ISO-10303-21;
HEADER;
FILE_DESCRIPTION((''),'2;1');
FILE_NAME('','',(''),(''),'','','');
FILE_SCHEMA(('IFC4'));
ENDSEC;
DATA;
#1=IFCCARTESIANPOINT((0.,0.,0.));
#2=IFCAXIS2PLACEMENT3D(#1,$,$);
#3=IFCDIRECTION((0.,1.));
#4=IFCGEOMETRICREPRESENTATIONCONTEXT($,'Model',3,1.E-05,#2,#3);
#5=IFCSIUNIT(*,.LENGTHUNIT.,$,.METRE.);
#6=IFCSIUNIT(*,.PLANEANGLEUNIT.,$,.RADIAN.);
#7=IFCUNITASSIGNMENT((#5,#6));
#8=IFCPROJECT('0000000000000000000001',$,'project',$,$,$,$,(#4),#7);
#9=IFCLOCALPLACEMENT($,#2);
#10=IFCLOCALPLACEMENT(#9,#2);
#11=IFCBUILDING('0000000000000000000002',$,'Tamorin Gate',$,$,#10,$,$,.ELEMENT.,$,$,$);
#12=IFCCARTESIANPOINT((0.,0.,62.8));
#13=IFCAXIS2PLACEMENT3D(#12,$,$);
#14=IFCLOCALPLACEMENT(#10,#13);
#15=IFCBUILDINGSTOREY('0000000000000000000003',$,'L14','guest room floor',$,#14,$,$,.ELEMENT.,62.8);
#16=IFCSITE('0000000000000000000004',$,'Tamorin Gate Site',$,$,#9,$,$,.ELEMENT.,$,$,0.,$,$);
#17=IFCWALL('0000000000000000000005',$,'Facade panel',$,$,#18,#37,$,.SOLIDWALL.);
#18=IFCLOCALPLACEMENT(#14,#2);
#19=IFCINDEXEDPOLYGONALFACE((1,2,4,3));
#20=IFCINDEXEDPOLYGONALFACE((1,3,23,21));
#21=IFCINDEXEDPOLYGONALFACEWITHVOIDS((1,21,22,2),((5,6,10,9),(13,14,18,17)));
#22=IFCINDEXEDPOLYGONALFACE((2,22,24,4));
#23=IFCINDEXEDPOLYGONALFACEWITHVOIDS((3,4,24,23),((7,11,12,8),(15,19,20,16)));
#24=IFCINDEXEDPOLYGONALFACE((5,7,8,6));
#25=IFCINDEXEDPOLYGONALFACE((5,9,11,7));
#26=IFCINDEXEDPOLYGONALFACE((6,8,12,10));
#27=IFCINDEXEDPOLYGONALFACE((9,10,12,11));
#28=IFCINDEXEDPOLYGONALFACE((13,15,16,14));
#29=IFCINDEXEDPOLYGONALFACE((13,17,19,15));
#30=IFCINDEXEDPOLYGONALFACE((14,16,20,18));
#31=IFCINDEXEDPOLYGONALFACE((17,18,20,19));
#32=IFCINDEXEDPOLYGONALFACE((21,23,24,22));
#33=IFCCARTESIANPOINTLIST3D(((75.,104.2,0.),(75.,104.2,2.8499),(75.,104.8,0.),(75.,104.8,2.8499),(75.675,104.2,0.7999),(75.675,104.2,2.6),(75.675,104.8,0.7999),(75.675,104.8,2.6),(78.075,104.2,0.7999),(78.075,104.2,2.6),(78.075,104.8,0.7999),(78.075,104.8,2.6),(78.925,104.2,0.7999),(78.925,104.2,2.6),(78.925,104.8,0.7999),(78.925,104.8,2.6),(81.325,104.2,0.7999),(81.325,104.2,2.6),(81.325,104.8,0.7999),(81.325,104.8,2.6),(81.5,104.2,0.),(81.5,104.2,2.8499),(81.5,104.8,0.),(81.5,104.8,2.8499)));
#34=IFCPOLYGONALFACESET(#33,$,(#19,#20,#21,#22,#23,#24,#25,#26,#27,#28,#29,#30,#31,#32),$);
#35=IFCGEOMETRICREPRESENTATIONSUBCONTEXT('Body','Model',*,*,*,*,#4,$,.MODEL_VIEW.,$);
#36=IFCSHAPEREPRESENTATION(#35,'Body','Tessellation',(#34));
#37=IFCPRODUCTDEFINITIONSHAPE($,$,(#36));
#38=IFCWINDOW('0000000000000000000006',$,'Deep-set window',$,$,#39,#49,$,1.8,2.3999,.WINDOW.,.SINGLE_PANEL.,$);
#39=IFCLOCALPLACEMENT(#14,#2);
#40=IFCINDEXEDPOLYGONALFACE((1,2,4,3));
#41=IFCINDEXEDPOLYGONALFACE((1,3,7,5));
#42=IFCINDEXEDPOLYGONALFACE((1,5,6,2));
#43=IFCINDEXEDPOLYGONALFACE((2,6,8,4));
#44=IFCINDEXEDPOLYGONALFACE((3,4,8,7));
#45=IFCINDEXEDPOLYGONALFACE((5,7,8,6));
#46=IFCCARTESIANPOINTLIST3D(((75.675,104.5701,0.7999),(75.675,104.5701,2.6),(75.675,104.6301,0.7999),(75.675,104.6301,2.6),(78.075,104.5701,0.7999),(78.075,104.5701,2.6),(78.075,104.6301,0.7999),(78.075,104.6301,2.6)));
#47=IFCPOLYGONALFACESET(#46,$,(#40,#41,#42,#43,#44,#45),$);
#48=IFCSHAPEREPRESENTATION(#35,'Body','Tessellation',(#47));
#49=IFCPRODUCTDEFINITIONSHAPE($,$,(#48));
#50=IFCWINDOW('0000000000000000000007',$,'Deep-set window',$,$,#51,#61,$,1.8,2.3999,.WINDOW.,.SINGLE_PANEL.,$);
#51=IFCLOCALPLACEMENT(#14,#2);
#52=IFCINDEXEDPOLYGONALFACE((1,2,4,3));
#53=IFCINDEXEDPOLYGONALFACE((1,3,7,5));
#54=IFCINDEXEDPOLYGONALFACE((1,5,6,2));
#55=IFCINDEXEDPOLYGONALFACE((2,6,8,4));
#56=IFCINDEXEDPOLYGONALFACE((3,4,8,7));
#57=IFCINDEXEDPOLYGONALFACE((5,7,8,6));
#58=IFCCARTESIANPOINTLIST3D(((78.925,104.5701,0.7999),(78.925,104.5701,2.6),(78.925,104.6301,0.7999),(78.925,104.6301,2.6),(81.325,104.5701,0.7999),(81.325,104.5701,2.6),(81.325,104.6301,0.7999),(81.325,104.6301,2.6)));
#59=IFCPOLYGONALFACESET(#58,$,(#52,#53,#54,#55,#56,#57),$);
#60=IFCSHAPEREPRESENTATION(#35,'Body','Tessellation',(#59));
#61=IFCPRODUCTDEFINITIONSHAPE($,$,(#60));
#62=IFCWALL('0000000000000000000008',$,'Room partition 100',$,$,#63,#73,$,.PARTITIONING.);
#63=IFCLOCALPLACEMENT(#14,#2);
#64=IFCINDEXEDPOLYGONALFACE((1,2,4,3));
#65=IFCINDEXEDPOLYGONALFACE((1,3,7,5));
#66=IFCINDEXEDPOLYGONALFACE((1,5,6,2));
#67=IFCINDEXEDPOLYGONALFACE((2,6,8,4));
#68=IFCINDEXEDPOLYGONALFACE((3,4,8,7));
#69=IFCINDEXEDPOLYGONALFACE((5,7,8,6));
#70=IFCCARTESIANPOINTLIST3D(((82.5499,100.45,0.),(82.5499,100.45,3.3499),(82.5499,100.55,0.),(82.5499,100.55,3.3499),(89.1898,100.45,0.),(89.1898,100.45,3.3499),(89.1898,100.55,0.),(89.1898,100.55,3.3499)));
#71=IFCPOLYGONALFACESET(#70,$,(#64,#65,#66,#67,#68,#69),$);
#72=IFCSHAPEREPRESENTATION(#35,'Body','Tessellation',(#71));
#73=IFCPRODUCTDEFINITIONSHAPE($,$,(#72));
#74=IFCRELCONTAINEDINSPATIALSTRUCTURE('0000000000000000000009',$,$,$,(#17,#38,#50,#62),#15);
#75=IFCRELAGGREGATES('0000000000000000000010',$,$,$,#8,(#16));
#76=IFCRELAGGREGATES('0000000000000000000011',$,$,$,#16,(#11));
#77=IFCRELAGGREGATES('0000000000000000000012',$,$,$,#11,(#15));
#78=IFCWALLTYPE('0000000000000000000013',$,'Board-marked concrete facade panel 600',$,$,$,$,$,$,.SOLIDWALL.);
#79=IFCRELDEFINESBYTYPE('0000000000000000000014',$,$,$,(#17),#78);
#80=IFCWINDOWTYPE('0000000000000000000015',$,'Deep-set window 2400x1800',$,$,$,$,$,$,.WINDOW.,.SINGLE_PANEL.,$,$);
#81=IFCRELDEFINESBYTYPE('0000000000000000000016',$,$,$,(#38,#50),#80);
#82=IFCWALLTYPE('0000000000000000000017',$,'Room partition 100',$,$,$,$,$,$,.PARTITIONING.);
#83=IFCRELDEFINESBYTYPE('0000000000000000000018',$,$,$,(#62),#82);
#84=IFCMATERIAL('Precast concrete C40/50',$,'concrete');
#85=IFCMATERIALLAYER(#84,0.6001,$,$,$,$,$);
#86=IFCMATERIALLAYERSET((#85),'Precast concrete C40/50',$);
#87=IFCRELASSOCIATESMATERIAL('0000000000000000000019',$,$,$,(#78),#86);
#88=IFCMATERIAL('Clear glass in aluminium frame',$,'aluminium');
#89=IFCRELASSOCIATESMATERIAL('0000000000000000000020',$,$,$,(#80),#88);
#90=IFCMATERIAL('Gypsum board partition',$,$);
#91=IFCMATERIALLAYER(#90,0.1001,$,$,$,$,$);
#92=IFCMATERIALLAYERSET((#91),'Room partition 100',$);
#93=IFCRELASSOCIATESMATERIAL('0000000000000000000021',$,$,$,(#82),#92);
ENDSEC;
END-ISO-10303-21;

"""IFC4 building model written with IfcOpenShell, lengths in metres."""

from ifc_helpers import new_model, si_unit, direction, frame, frame_2d, origin, place, context, subcontext, project, spatial, rectangle, extrude, material, layer, layer_set, type_object, element, fill, save


model = new_model("IFC4")

# Units and contexts
model_context = context("Model", 3, precision=1e-05, world=origin(), true_north=direction((0.0, 1.0)))
body_context = subcontext(model_context, "Body", "Model", "MODEL_VIEW")
ifc_project = project(units=[si_unit("LENGTHUNIT", "METRE"), si_unit("PLANEANGLEUNIT", "RADIAN")], contexts=[model_context])

# Site, building, storey
site_placement = place(None, origin())
site = spatial("IfcSite", under=ifc_project, at=site_placement, Name="Tamorin Gate Site", CompositionType="ELEMENT", RefElevation=0.0)
building_placement = place(site_placement, origin())
building = spatial("IfcBuilding", under=site, at=building_placement, Name="Tamorin Gate", CompositionType="ELEMENT")
storey_placement = place(building_placement, frame((0.0, 0.0, 62.8)))
storey = spatial("IfcBuildingStorey", under=building, at=storey_placement, Name="L14", Description="guest room floor", CompositionType="ELEMENT", Elevation=62.8)

# Shared definitions
ifc_material_1 = material(Name="Precast concrete C40/50", Category="concrete")
ifc_layer_1 = layer(ifc_material_1, 0.6001)
ifc_layer_set_1 = layer_set([ifc_layer_1], Name="Precast concrete C40/50")
wall_type_1 = type_object("IfcWallType", Name="Board-marked concrete facade panel 600", PredefinedType="SOLIDWALL", material=ifc_layer_set_1)
ifc_material_2 = material(Name="Clear glass in aluminium frame", Category="aluminium")
window_type = type_object("IfcWindowType", Name="Deep-set window 2400x1800", PartitioningType="SINGLE_PANEL", PredefinedType="WINDOW", material=ifc_material_2)

# Wall, openings, windows
wall_1_placement = place(storey_placement, frame((81.5, 104.5, 0.0), z_axis=(0.0, 0.0, 1.0), x_axis=(-1.0, 0.0, 0.0)))
wall_1 = element("IfcWall", 1, at=wall_1_placement, inside=storey, type_object=wall_type_1, Name="Facade panel", PredefinedType="SOLIDWALL", context=body_context, shape_type="SweptSolid", body=[
    extrude(rectangle(XDim=6.5, YDim=0.6001, at=frame_2d((3.25, 0.0))), origin(), (0.0, 0.0, 1.0), 2.8499),
])
opening_1_placement = place(wall_1_placement, frame((3.425, 0.0, 0.8)))
opening_1 = element("IfcOpeningElement", 2, at=opening_1_placement, cuts=wall_1, PredefinedType="OPENING", context=body_context, shape_type="SweptSolid", body=[
    extrude(rectangle(XDim=2.3999, YDim=1.8, at=frame_2d((1.2, 0.8999))), frame((0.0, 0.3101, 0.0), z_axis=(0.0, -1.0, 0.0), x_axis=(1.0, 0.0, 0.0)), (0.0, 0.0, 1.0), 0.6201),
])
opening_2_placement = place(wall_1_placement, frame((0.175, 0.0, 0.8)))
opening_2 = element("IfcOpeningElement", 3, at=opening_2_placement, cuts=wall_1, PredefinedType="OPENING", context=body_context, shape_type="SweptSolid", body=[
    extrude(rectangle(XDim=2.3999, YDim=1.8, at=frame_2d((1.2, 0.8999))), frame((0.0, 0.3101, 0.0), z_axis=(0.0, -1.0, 0.0), x_axis=(1.0, 0.0, 0.0)), (0.0, 0.0, 1.0), 0.6201),
])
window_1_placement = place(opening_1_placement, origin())
window_1 = element("IfcWindow", 4, at=window_1_placement, inside=storey, type_object=window_type, Name="Deep-set window", OverallHeight=1.8, OverallWidth=2.3999, PartitioningType="SINGLE_PANEL", PredefinedType="WINDOW", context=body_context, shape_type="SweptSolid", body=[
    extrude(rectangle(XDim=2.3999, YDim=1.8, at=frame_2d((1.2, 0.8999))), frame((0.0, -0.0701, 0.0), z_axis=(0.0, -1.0, 0.0), x_axis=(1.0, 0.0, 0.0)), (0.0, 0.0, 1.0), 0.0601),
])
fill(opening_1, window_1)
window_2_placement = place(opening_2_placement, origin())
window_2 = element("IfcWindow", 5, at=window_2_placement, inside=storey, type_object=window_type, Name="Deep-set window", OverallHeight=1.8, OverallWidth=2.3999, PartitioningType="SINGLE_PANEL", PredefinedType="WINDOW", context=body_context, shape_type="SweptSolid", body=[
    extrude(rectangle(XDim=2.3999, YDim=1.8, at=frame_2d((1.2, 0.8999))), frame((0.0, -0.0701, 0.0), z_axis=(0.0, -1.0, 0.0), x_axis=(1.0, 0.0, 0.0)), (0.0, 0.0, 1.0), 0.0601),
])
fill(opening_2, window_2)

# Wall
ifc_material_3 = material(Name="Gypsum board partition")
ifc_layer_2 = layer(ifc_material_3, 0.1001)
ifc_layer_set_2 = layer_set([ifc_layer_2], Name="Room partition 100")
wall_type_2 = type_object("IfcWallType", Name="Room partition 100", PredefinedType="PARTITIONING", material=ifc_layer_set_2)
wall_2_placement = place(storey_placement, frame((82.55, 100.5, 0.0), z_axis=(0.0, 0.0, 1.0), x_axis=(1.0, 0.0, 0.0)))
element("IfcWall", 6, at=wall_2_placement, inside=storey, type_object=wall_type_2, Name="Room partition 100", PredefinedType="PARTITIONING", context=body_context, shape_type="SweptSolid", body=[
    extrude(rectangle(XDim=6.6399, YDim=0.1001, at=frame_2d((3.3198, 0.0))), origin(), (0.0, 0.0, 1.0), 3.3499),
])

save(model, "model.ifc")
